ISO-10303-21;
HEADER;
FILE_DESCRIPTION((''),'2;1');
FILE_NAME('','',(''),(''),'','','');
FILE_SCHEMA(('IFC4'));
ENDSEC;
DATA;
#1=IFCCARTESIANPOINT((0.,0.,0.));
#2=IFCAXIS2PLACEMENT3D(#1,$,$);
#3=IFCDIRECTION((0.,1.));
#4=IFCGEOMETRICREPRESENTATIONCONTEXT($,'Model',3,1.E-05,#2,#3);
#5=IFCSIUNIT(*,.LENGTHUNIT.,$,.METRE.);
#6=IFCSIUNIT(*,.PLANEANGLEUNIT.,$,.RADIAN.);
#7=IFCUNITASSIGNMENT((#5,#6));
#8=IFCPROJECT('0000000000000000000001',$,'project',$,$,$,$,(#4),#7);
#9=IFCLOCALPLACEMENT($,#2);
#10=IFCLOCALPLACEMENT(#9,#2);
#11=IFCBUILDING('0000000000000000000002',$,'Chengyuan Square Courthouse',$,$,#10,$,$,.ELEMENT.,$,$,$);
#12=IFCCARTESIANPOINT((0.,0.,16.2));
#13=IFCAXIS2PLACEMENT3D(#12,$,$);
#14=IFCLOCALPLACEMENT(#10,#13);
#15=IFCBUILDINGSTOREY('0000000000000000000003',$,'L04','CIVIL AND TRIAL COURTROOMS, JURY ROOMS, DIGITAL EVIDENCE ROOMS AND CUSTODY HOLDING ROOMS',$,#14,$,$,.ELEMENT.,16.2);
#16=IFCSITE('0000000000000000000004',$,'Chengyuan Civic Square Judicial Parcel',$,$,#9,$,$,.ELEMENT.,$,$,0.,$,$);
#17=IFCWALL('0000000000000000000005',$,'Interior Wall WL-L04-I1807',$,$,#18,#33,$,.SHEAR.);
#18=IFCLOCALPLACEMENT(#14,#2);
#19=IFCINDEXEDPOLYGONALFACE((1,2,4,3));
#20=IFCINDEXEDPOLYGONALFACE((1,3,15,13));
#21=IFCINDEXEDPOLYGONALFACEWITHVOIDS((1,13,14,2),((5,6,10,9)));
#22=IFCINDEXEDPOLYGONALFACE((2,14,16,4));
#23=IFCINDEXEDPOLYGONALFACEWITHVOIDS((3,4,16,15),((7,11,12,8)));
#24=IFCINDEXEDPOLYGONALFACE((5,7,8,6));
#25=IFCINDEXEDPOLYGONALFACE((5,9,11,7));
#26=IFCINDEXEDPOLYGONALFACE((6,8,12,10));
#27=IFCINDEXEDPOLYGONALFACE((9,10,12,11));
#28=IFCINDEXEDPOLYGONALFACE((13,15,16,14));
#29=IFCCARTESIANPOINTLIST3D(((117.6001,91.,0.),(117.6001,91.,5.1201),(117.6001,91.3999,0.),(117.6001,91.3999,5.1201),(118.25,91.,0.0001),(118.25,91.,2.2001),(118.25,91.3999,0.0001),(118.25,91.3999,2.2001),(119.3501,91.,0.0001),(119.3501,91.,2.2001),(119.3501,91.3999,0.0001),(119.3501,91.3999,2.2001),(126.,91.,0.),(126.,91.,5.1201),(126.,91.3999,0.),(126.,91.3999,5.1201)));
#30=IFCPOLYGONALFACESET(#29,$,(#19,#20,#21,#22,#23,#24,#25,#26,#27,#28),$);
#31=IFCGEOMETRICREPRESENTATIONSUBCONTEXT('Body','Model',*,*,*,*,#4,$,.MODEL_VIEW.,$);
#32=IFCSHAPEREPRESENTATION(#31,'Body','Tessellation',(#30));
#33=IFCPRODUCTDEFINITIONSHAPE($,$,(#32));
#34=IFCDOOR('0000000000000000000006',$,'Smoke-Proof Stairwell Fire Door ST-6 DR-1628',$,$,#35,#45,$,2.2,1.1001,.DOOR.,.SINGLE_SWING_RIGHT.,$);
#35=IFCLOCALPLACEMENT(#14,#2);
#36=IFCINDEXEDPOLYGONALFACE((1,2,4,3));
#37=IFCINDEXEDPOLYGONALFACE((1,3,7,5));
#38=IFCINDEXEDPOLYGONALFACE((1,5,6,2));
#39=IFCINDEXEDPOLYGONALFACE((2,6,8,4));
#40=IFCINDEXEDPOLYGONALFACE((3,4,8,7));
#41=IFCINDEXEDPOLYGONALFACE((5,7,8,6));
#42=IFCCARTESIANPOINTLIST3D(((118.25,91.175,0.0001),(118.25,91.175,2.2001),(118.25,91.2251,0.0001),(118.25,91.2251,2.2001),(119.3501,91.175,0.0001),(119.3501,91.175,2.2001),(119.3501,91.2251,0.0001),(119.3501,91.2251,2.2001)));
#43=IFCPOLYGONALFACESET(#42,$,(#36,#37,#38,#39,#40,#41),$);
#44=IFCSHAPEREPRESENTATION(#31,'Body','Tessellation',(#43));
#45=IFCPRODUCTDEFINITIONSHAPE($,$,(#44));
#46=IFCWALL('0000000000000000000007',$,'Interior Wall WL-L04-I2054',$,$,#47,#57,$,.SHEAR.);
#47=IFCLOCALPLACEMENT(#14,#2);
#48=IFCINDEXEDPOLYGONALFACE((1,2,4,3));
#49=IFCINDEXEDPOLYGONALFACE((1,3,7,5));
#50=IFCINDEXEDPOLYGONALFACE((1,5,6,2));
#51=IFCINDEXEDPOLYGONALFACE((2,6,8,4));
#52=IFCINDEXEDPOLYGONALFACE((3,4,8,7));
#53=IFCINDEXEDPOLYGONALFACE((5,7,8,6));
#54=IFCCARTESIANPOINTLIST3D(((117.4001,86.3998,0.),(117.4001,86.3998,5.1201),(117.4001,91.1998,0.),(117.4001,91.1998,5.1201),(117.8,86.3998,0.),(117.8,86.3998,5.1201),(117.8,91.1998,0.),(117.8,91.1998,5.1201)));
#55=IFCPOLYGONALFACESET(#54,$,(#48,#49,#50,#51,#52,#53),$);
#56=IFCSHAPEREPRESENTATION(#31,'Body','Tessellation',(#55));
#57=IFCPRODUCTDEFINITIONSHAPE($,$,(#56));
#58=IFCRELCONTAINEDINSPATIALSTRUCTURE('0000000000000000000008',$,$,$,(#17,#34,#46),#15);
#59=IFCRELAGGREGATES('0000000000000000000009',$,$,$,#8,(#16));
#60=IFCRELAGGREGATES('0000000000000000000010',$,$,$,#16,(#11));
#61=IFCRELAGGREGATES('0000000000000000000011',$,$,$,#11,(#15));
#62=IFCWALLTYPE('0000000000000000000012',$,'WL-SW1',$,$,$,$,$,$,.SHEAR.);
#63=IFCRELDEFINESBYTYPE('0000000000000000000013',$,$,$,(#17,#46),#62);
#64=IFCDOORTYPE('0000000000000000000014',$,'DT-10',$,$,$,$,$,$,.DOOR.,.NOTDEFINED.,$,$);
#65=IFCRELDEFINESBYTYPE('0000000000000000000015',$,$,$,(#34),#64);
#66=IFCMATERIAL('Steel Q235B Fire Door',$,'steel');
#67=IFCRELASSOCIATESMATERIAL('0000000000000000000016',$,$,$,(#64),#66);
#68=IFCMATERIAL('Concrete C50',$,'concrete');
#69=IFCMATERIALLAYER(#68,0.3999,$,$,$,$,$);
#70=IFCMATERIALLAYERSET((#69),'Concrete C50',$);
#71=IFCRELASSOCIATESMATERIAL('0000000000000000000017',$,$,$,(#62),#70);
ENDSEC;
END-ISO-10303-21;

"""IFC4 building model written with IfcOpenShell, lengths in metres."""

from ifc_helpers import new_model, si_unit, direction, frame, frame_2d, origin, place, context, subcontext, project, spatial, rectangle, extrude, material, layer, layer_set, type_object, element, fill, save


model = new_model("IFC4")

# Units and contexts
model_context = context("Model", 3, precision=1e-05, world=origin(), true_north=direction((0.0, 1.0)))
body_context = subcontext(model_context, "Body", "Model", "MODEL_VIEW")
ifc_project = project(units=[si_unit("LENGTHUNIT", "METRE"), si_unit("PLANEANGLEUNIT", "RADIAN")], contexts=[model_context])

# Site, building, storey
site_placement = place(None, origin())
site = spatial("IfcSite", under=ifc_project, at=site_placement, Name="Chengyuan Civic Square Judicial Parcel", CompositionType="ELEMENT", RefElevation=0.0)
building_placement = place(site_placement, origin())
building = spatial("IfcBuilding", under=site, at=building_placement, Name="Chengyuan Square Courthouse", CompositionType="ELEMENT")
storey_placement = place(building_placement, frame((0.0, 0.0, 16.2)))
storey = spatial("IfcBuildingStorey", under=building, at=storey_placement, Name="L04", Description="CIVIL AND TRIAL COURTROOMS, JURY ROOMS, DIGITAL EVIDENCE ROOMS AND CUSTODY HOLDING ROOMS", CompositionType="ELEMENT", Elevation=16.2)

# Shared definitions
ifc_material_1 = material(Name="Concrete C50", Category="concrete")

# Shared definitions
ifc_material_2 = material(Name="Steel Q235B Fire Door", Category="steel")

# Shared definitions
door_type_1 = type_object("IfcDoorType", Name="DT-10", OperationType="NOTDEFINED", PredefinedType="DOOR", material=ifc_material_2)

# Shared definitions
ifc_layer_1 = layer(ifc_material_1, 0.3999)
ifc_layer_set_1 = layer_set([ifc_layer_1], Name="Concrete C50")
wall_type_1 = type_object("IfcWallType", Name="WL-SW1", PredefinedType="SHEAR", material=ifc_layer_set_1)

# Wall, opening, door
wall_1_placement = place(storey_placement, frame((117.6001, 91.2, 0.0), z_axis=(0.0, 0.0, 1.0), x_axis=(1.0, 0.0, 0.0)))
wall_1 = element("IfcWall", 1, at=wall_1_placement, inside=storey, type_object=wall_type_1, Name="Interior Wall WL-L04-I1807", PredefinedType="SHEAR", context=body_context, shape_type="SweptSolid", body=[
    extrude(rectangle(XDim=8.3999, YDim=0.3999, at=frame_2d((4.2, 0.0))), origin(), (0.0, 0.0, 1.0), 5.1201),
])
opening_1_placement = place(wall_1_placement, frame((0.6499, 0.0, 0.0)))
opening_1 = element("IfcOpeningElement", 2, at=opening_1_placement, cuts=wall_1, PredefinedType="OPENING", context=body_context, shape_type="SweptSolid", body=[
    extrude(rectangle(XDim=1.1001, YDim=2.2, at=frame_2d((0.55, 1.1001))), frame((0.0, 0.2119, 0.0), z_axis=(0.0, -1.0, 0.0), x_axis=(1.0, 0.0, 0.0)), (0.0, 0.0, 1.0), 0.4238),
])
door_1_placement = place(opening_1_placement, frame((1.1001, 0.0, 0.0), z_axis=(0.0, 0.0, 1.0), x_axis=(-1.0, 0.0, 0.0)))
door_1 = element("IfcDoor", 3, at=door_1_placement, inside=storey, type_object=door_type_1, Name="Smoke-Proof Stairwell Fire Door ST-6 DR-1628", OperationType="SINGLE_SWING_RIGHT", OverallHeight=2.2, OverallWidth=1.1001, PredefinedType="DOOR", context=body_context, shape_type="SweptSolid", body=[
    extrude(rectangle(XDim=1.1001, YDim=2.2, at=frame_2d((0.55, 1.1001))), frame((0.0, 0.0249, 0.0), z_axis=(0.0, -1.0, 0.0), x_axis=(1.0, 0.0, 0.0)), (0.0, 0.0, 1.0), 0.05),
])
fill(opening_1, door_1)

# Wall
wall_2_placement = place(storey_placement, frame((117.6001, 86.3999, 0.0), z_axis=(0.0, 0.0, 1.0), x_axis=(0.0, 1.0, 0.0)))
element("IfcWall", 4, at=wall_2_placement, inside=storey, type_object=wall_type_1, Name="Interior Wall WL-L04-I2054", PredefinedType="SHEAR", context=body_context, shape_type="SweptSolid", body=[
    extrude(rectangle(XDim=4.8, YDim=0.3999, at=frame_2d((2.3999, 0.0))), origin(), (0.0, 0.0, 1.0), 5.1201),
])

save(model, "model.ifc")
